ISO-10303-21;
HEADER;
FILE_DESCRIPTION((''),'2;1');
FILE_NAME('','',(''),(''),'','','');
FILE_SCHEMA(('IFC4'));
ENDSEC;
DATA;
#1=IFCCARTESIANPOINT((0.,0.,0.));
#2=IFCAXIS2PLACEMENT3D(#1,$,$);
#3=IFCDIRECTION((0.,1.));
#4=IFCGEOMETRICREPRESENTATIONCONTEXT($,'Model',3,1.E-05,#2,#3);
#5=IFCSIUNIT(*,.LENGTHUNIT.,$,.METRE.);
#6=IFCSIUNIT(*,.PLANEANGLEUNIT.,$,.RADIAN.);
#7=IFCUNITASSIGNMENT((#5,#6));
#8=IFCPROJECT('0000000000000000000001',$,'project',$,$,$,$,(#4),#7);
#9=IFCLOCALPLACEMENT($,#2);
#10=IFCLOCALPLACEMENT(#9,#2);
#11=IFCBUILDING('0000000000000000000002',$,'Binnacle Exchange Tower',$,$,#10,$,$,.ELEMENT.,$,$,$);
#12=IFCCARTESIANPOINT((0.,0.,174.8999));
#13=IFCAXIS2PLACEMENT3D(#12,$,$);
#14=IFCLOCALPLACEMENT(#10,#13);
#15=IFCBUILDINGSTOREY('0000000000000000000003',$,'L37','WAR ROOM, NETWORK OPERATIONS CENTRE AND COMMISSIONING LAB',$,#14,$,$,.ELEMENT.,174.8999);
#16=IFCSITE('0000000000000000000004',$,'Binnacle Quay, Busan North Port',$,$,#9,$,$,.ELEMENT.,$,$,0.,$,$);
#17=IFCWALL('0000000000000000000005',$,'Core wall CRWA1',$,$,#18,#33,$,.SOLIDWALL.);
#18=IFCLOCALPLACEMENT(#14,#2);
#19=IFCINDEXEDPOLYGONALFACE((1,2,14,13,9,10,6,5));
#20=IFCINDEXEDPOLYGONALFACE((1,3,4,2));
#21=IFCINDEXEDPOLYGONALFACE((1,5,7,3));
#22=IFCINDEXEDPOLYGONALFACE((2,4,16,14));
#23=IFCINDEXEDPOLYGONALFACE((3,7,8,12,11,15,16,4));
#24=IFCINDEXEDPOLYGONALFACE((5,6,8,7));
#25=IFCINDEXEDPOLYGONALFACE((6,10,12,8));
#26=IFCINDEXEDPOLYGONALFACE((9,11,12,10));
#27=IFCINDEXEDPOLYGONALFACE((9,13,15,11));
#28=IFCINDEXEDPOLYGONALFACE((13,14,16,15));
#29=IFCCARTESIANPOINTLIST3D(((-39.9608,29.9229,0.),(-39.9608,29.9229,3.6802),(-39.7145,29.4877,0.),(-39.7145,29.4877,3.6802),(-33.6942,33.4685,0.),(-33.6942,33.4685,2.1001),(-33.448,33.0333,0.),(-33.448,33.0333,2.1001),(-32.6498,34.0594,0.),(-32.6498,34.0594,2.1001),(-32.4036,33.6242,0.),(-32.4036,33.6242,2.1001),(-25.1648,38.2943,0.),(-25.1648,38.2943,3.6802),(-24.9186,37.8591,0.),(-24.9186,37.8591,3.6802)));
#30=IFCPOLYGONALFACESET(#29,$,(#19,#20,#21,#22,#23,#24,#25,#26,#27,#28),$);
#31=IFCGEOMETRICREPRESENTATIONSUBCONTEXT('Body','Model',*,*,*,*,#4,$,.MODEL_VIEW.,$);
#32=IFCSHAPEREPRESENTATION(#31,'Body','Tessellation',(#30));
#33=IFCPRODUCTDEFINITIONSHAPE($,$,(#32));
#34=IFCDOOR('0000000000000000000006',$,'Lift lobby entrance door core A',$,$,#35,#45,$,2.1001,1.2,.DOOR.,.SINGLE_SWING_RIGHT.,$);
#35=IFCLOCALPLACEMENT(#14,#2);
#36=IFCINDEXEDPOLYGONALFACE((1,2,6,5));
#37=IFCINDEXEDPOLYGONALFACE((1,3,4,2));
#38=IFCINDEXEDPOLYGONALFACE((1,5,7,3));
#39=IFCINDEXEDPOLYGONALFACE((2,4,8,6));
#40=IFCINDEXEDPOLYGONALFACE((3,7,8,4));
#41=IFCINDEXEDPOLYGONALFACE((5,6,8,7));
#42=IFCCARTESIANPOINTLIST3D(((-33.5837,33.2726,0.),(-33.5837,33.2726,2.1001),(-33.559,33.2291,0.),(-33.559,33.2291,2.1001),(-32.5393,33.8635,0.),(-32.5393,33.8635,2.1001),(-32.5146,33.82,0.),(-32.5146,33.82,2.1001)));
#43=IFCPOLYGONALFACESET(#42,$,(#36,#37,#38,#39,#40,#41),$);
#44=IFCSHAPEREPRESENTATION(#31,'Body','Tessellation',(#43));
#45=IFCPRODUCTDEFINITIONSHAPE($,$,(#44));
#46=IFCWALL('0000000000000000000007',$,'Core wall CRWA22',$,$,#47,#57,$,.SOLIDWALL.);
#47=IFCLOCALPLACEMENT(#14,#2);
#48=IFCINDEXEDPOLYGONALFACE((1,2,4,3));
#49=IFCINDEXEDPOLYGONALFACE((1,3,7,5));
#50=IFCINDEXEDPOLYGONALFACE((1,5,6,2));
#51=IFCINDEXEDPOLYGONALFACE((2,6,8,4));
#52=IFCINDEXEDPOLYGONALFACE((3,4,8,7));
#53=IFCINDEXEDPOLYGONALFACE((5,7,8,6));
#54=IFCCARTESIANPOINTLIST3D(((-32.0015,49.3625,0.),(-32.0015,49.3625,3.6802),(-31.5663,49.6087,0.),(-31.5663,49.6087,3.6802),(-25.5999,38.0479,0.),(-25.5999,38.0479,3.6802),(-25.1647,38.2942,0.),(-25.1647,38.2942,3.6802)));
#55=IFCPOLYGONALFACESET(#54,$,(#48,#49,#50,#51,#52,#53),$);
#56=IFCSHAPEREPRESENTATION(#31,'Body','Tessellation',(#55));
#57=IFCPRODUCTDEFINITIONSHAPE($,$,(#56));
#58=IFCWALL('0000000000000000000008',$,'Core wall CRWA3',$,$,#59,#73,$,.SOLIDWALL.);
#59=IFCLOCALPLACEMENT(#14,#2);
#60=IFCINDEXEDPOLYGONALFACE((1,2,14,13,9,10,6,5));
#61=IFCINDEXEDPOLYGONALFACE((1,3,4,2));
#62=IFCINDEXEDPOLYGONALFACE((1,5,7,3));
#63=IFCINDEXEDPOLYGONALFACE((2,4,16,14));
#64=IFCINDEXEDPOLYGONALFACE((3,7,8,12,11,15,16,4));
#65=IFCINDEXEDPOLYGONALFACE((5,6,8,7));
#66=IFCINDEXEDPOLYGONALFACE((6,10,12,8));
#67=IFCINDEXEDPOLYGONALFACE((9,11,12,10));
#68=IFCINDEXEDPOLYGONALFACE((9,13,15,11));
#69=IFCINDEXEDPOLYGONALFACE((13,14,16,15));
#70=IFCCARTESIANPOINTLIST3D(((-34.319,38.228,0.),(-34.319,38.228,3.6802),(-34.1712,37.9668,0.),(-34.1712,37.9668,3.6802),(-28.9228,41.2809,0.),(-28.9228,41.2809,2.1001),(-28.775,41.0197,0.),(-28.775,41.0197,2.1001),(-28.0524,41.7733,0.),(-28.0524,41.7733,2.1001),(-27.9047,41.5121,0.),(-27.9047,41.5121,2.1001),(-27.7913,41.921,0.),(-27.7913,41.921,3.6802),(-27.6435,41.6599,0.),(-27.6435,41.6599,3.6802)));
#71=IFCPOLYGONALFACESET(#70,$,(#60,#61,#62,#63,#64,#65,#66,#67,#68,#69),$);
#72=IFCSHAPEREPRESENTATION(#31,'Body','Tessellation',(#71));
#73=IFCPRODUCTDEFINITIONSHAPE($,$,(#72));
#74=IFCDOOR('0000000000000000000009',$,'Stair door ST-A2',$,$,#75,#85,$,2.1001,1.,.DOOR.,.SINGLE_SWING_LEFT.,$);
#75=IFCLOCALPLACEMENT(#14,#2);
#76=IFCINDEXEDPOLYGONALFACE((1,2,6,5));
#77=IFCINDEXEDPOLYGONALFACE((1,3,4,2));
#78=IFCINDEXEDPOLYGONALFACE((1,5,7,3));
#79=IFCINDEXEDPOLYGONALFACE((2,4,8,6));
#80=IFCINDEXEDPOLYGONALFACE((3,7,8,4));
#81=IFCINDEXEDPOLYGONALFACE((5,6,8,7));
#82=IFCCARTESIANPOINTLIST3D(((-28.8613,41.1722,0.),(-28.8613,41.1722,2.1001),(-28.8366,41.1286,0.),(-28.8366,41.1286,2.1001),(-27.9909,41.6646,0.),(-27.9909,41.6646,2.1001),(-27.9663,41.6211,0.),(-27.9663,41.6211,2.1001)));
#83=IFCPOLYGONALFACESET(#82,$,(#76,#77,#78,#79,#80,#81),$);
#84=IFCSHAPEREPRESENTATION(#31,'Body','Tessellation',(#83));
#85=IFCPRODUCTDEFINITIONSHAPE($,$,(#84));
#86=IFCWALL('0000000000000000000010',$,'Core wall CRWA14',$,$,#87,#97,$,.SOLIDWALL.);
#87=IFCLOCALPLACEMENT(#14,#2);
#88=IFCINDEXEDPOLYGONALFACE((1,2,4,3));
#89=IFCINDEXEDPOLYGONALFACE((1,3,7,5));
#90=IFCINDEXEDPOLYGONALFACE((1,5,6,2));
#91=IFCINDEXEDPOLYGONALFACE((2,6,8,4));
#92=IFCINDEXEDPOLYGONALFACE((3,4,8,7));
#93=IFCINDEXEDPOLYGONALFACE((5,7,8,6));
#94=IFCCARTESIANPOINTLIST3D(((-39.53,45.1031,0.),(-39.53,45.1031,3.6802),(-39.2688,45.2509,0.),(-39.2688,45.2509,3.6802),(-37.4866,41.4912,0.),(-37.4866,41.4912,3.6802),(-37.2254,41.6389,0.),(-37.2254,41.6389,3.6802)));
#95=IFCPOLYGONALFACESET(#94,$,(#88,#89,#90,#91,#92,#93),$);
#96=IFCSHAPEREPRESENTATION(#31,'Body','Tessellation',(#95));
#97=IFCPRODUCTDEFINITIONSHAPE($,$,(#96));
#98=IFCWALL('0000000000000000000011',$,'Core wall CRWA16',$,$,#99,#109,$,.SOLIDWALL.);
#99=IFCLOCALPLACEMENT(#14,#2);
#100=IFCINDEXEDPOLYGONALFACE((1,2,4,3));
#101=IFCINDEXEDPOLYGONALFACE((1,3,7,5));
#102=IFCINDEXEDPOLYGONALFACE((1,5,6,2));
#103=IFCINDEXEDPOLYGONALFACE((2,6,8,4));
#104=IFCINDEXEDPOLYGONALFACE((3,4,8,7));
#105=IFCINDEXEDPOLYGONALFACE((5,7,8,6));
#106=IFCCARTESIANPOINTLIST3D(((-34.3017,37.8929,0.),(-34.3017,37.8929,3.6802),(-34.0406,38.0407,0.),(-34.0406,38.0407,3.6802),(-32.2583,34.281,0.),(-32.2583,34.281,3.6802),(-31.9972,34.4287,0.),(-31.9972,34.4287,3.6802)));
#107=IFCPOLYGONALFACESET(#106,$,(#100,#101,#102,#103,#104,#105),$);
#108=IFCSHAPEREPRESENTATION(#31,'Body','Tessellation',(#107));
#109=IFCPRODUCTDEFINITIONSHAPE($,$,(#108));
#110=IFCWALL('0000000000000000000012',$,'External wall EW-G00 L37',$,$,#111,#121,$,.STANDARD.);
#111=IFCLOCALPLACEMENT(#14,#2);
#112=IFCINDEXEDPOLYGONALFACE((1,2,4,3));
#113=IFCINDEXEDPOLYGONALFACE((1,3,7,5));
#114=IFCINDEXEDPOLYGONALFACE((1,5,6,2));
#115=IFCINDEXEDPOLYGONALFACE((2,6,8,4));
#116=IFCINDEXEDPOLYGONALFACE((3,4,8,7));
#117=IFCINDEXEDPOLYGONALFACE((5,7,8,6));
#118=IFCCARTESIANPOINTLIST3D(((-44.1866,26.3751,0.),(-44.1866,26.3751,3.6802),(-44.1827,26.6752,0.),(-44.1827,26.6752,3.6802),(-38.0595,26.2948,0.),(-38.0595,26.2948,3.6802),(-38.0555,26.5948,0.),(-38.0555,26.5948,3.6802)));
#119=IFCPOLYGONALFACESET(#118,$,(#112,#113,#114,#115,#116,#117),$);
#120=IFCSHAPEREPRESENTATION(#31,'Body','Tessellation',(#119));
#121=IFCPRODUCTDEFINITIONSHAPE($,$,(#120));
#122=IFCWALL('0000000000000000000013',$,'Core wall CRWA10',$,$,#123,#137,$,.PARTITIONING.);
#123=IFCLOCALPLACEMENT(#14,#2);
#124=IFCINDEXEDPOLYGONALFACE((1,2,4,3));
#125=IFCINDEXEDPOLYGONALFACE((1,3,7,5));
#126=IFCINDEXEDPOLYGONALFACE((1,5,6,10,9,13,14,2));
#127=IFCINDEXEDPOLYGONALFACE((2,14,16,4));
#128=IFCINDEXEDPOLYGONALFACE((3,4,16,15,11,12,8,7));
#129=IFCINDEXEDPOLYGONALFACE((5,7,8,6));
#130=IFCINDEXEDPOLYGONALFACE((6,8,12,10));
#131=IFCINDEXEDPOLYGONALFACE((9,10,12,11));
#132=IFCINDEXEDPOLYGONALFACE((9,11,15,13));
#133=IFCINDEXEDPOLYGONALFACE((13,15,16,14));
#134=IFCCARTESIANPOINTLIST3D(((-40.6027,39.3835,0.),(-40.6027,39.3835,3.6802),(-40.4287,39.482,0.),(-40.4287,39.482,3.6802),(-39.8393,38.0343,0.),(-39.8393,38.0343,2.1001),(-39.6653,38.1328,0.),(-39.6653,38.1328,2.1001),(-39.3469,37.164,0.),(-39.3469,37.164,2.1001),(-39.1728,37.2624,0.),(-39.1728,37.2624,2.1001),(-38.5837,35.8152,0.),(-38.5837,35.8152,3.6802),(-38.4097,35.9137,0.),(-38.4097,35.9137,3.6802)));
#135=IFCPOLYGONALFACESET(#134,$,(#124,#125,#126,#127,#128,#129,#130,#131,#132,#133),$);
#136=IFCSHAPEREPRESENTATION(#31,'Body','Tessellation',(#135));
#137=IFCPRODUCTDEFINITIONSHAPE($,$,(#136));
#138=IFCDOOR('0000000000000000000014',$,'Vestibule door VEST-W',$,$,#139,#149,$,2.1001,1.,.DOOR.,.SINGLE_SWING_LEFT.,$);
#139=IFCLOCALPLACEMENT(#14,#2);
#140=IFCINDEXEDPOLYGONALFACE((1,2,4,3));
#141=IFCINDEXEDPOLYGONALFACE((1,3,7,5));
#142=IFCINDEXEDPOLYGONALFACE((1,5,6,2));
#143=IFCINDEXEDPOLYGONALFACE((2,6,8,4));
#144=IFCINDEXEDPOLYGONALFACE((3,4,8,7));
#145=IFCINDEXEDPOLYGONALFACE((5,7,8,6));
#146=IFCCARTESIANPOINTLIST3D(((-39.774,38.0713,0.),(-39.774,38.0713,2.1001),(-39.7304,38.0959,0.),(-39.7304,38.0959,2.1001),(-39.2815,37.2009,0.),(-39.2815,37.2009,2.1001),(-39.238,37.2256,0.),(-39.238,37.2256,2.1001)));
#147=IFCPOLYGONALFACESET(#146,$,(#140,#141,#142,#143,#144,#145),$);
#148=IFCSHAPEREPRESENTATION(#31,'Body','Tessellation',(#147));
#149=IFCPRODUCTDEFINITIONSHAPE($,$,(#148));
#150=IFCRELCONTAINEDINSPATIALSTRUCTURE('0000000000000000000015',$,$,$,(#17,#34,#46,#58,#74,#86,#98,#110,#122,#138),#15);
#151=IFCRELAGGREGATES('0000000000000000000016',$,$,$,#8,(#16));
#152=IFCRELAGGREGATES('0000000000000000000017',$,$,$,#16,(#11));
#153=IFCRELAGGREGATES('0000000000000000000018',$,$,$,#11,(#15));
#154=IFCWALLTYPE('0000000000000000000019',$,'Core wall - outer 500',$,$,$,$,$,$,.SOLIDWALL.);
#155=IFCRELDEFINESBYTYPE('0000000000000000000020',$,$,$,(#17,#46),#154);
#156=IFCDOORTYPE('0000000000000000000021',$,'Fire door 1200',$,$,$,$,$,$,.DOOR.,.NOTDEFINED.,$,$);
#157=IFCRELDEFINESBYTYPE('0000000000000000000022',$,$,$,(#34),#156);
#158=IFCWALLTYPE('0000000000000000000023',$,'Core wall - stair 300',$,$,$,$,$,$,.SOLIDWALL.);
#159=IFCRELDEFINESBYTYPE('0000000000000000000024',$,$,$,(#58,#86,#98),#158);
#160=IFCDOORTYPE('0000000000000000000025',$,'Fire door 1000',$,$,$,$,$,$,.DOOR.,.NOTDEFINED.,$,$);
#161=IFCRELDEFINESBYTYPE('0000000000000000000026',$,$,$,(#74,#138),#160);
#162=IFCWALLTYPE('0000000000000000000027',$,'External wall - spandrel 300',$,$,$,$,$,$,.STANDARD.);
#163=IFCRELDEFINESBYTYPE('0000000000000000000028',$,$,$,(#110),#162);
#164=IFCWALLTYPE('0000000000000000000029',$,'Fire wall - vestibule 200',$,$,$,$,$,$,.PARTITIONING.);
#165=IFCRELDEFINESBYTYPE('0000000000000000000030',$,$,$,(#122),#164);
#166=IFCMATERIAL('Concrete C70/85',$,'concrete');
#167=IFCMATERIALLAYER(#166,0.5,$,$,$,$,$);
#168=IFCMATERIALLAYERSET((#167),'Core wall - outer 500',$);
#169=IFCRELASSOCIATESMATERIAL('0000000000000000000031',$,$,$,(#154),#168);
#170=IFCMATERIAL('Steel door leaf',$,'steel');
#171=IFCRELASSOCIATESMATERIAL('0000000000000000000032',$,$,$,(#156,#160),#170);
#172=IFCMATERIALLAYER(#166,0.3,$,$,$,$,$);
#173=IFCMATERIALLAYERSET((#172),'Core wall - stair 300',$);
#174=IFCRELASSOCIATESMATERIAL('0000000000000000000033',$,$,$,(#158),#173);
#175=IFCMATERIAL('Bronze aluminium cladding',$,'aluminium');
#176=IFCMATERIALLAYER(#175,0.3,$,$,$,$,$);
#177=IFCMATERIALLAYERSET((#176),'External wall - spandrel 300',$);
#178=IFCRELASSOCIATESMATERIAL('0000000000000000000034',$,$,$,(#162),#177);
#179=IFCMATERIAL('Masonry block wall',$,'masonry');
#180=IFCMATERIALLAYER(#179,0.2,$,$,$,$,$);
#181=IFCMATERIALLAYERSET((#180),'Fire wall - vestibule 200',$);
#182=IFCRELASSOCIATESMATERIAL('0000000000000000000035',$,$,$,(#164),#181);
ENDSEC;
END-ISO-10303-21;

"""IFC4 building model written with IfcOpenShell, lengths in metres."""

from ifc_helpers import new_model, si_unit, direction, frame, frame_2d, origin, place, context, subcontext, project, spatial, rectangle, extrude, material, layer, layer_set, type_object, element, fill, save


model = new_model("IFC4")

# Units and contexts
model_context = context("Model", 3, precision=1e-05, world=origin(), true_north=direction((0.0, 1.0)))
body_context = subcontext(model_context, "Body", "Model", "MODEL_VIEW")
ifc_project = project(units=[si_unit("LENGTHUNIT", "METRE"), si_unit("PLANEANGLEUNIT", "RADIAN")], contexts=[model_context])

# Site, building, storey
site_placement = place(None, origin())
site = spatial("IfcSite", under=ifc_project, at=site_placement, Name="Binnacle Quay, Busan North Port", CompositionType="ELEMENT", RefElevation=0.0)
building_placement = place(site_placement, origin())
building = spatial("IfcBuilding", under=site, at=building_placement, Name="Binnacle Exchange Tower", CompositionType="ELEMENT")
storey_placement = place(building_placement, frame((0.0, 0.0, 174.8999)))
storey = spatial("IfcBuildingStorey", under=building, at=storey_placement, Name="L37", Description="WAR ROOM, NETWORK OPERATIONS CENTRE AND COMMISSIONING LAB", CompositionType="ELEMENT", Elevation=174.8999)

# Shared definitions
ifc_material_1 = material(Name="Concrete C70/85", Category="concrete")

# Shared definitions
ifc_material_2 = material(Name="Steel door leaf", Category="steel")

# Wall, opening, door
ifc_layer_1 = layer(ifc_material_1, 0.5)
ifc_layer_set_1 = layer_set([ifc_layer_1], Name="Core wall - outer 500")
wall_type_1 = type_object("IfcWallType", Name="Core wall - outer 500", PredefinedType="SOLIDWALL", material=ifc_layer_set_1)
wall_1_placement = place(storey_placement, frame((-39.8376, 29.7053, 0.0), z_axis=(0.0, 0.0, 1.0), x_axis=(0.87035, 0.492433, 0.0)))
wall_1 = element("IfcWall", 1, at=wall_1_placement, inside=storey, type_object=wall_type_1, Name="Core wall CRWA1", PredefinedType="SOLIDWALL", context=body_context, shape_type="SweptSolid", body=[
    extrude(rectangle(XDim=17.0, YDim=0.5, at=frame_2d((8.5, 0.0))), origin(), (0.0, 0.0, 1.0), 3.6802),
])
opening_1_placement = place(wall_1_placement, frame((7.2, 0.0, 0.0)))
opening_1 = element("IfcOpeningElement", 2, at=opening_1_placement, cuts=wall_1, PredefinedType="OPENING", context=body_context, shape_type="SweptSolid", body=[
    extrude(rectangle(XDim=1.2, YDim=2.1001, at=frame_2d((0.6001, 1.05))), frame((0.0, 0.26, 0.0), z_axis=(0.0, -1.0, 0.0), x_axis=(1.0, 0.0, 0.0)), (0.0, 0.0, 1.0), 0.52),
])
door_type_1 = type_object("IfcDoorType", Name="Fire door 1200", OperationType="NOTDEFINED", PredefinedType="DOOR", material=ifc_material_2)
door_1_placement = place(opening_1_placement, frame((1.2, 0.0, 0.0), z_axis=(0.0, 0.0, 1.0), x_axis=(-1.0, 0.0, 0.0)))
door_1 = element("IfcDoor", 3, at=door_1_placement, inside=storey, type_object=door_type_1, Name="Lift lobby entrance door core A", OperationType="SINGLE_SWING_RIGHT", OverallHeight=2.1001, OverallWidth=1.2, PredefinedType="DOOR", context=body_context, shape_type="SweptSolid", body=[
    extrude(rectangle(XDim=1.2, YDim=2.1001, at=frame_2d((0.6001, 1.05))), frame((0.0, 0.0249, 0.0), z_axis=(0.0, -1.0, 0.0), x_axis=(1.0, 0.0, 0.0)), (0.0, 0.0, 1.0), 0.05),
])
fill(opening_1, door_1)

# Wall
wall_2_placement = place(storey_placement, frame((-31.7839, 49.4856, 0.0), z_axis=(0.0, 0.0, 1.0), x_axis=(0.492435, -0.870349, 0.0)))
element("IfcWall", 4, at=wall_2_placement, inside=storey, type_object=wall_type_1, Name="Core wall CRWA22", PredefinedType="SOLIDWALL", context=body_context, shape_type="SweptSolid", body=[
    extrude(rectangle(XDim=13.0, YDim=0.5, at=frame_2d((6.5, 0.0))), origin(), (0.0, 0.0, 1.0), 3.6802),
])

# Wall, opening, door
ifc_layer_2 = layer(ifc_material_1, 0.3)
ifc_layer_set_2 = layer_set([ifc_layer_2], Name="Core wall - stair 300")
wall_type_2 = type_object("IfcWallType", Name="Core wall - stair 300", PredefinedType="SOLIDWALL", material=ifc_layer_set_2)
wall_3_placement = place(storey_placement, frame((-34.2451, 38.0974, 0.0), z_axis=(0.0, 0.0, 1.0), x_axis=(0.870365, 0.492408, 0.0)))
wall_3 = element("IfcWall", 5, at=wall_3_placement, inside=storey, type_object=wall_type_2, Name="Core wall CRWA3", PredefinedType="SOLIDWALL", context=body_context, shape_type="SweptSolid", body=[
    extrude(rectangle(XDim=7.5, YDim=0.3, at=frame_2d((3.75, 0.0))), origin(), (0.0, 0.0, 1.0), 3.6802),
])
opening_2_placement = place(wall_3_placement, frame((6.2, 0.0, 0.0)))
opening_2 = element("IfcOpeningElement", 6, at=opening_2_placement, cuts=wall_3, PredefinedType="OPENING", context=body_context, shape_type="SweptSolid", body=[
    extrude(rectangle(XDim=1.0, YDim=2.1001, at=frame_2d((0.5, 1.05))), frame((0.0, 0.1599, 0.0), z_axis=(0.0, -1.0, 0.0), x_axis=(1.0, 0.0, 0.0)), (0.0, 0.0, 1.0), 0.3201),
])
door_type_2 = type_object("IfcDoorType", Name="Fire door 1000", OperationType="NOTDEFINED", PredefinedType="DOOR", material=ifc_material_2)
door_2_placement = place(opening_2_placement, frame((1.0, 0.0, 0.0), z_axis=(0.0, 0.0, 1.0), x_axis=(-1.0, 0.0, 0.0)))
door_2 = element("IfcDoor", 7, at=door_2_placement, inside=storey, type_object=door_type_2, Name="Stair door ST-A2", OperationType="SINGLE_SWING_LEFT", OverallHeight=2.1001, OverallWidth=1.0, PredefinedType="DOOR", context=body_context, shape_type="SweptSolid", body=[
    extrude(rectangle(XDim=1.0, YDim=2.1001, at=frame_2d((0.5, 1.05))), frame((0.0, 0.0249, 0.0), z_axis=(0.0, -1.0, 0.0), x_axis=(1.0, 0.0, 0.0)), (0.0, 0.0, 1.0), 0.05),
])
fill(opening_2, door_2)

# Walls
for number, where, z_axis, x_axis, name in (
    (8, (-39.3994, 45.177, 0.0), (0.0, 0.0, 1.0), (0.492396, -0.870371, 0.0), "Core wall CRWA14"),
    (9, (-34.1711, 37.9668, 0.0), (0.0, 0.0, 1.0), (0.492396, -0.870371, 0.0), "Core wall CRWA16"),
):
    element("IfcWall", number, at=place(storey_placement, frame(where, z_axis=z_axis, x_axis=x_axis)), inside=storey, type_object=wall_type_2, Name=name, PredefinedType="SOLIDWALL", context=body_context, shape_type="SweptSolid", body=[
        extrude(rectangle(XDim=4.1499, YDim=0.3, at=frame_2d((2.075, 0.0))), origin(), (0.0, 0.0, 1.0), 3.6802),
    ])
ifc_material_3 = material(Name="Bronze aluminium cladding", Category="aluminium")
ifc_layer_3 = layer(ifc_material_3, 0.3)
ifc_layer_set_3 = layer_set([ifc_layer_3], Name="External wall - spandrel 300")
wall_type_3 = type_object("IfcWallType", Name="External wall - spandrel 300", PredefinedType="STANDARD", material=ifc_layer_set_3)
wall_4_placement = place(storey_placement, frame((-38.0574, 26.4448, 0.0), z_axis=(0.0, 0.0, 1.0), x_axis=(-0.999914, 0.013108, 0.0)))
element("IfcWall", 10, at=wall_4_placement, inside=storey, type_object=wall_type_3, Name="External wall EW-G00 L37", PredefinedType="STANDARD", context=body_context, shape_type="SweptSolid", body=[
    extrude(rectangle(XDim=6.1277, YDim=0.3, at=frame_2d((3.064, 0.0))), origin(), (0.0, 0.0, 1.0), 3.6802),
])

# Wall, opening, door
ifc_material_4 = material(Name="Masonry block wall", Category="masonry")
ifc_layer_4 = layer(ifc_material_4, 0.2)
ifc_layer_set_4 = layer_set([ifc_layer_4], Name="Fire wall - vestibule 200")
wall_type_4 = type_object("IfcWallType", Name="Fire wall - vestibule 200", PredefinedType="PARTITIONING", material=ifc_layer_set_4)
wall_5_placement = place(storey_placement, frame((-40.5156, 39.4326, 0.0), z_axis=(0.0, 0.0, 1.0), x_axis=(0.492454, -0.870339, 0.0)))
wall_5 = element("IfcWall", 11, at=wall_5_placement, inside=storey, type_object=wall_type_4, Name="Core wall CRWA10", PredefinedType="PARTITIONING", context=body_context, shape_type="SweptSolid", body=[
    extrude(rectangle(XDim=4.0999, YDim=0.2, at=frame_2d((2.0498, 0.0))), origin(), (0.0, 0.0, 1.0), 3.6802),
])
opening_3_placement = place(wall_5_placement, frame((1.55, 0.0, 0.0)))
opening_3 = element("IfcOpeningElement", 12, at=opening_3_placement, cuts=wall_5, PredefinedType="OPENING", context=body_context, shape_type="SweptSolid", body=[
    extrude(rectangle(XDim=1.0, YDim=2.1001, at=frame_2d((0.5, 1.05))), frame((0.0, 0.1099, 0.0), z_axis=(0.0, -1.0, 0.0), x_axis=(1.0, 0.0, 0.0)), (0.0, 0.0, 1.0), 0.22),
])
door_3_placement = place(opening_3_placement, frame((1.0, 0.0, 0.0), z_axis=(0.0, 0.0, 1.0), x_axis=(-1.0, 0.0, 0.0)))
door_3 = element("IfcDoor", 13, at=door_3_placement, inside=storey, type_object=door_type_2, Name="Vestibule door VEST-W", OperationType="SINGLE_SWING_LEFT", OverallHeight=2.1001, OverallWidth=1.0, PredefinedType="DOOR", context=body_context, shape_type="SweptSolid", body=[
    extrude(rectangle(XDim=1.0, YDim=2.1001, at=frame_2d((0.5, 1.05))), frame((0.0, 0.0249, 0.0), z_axis=(0.0, -1.0, 0.0), x_axis=(1.0, 0.0, 0.0)), (0.0, 0.0, 1.0), 0.05),
])
fill(opening_3, door_3)

save(model, "model.ifc")
